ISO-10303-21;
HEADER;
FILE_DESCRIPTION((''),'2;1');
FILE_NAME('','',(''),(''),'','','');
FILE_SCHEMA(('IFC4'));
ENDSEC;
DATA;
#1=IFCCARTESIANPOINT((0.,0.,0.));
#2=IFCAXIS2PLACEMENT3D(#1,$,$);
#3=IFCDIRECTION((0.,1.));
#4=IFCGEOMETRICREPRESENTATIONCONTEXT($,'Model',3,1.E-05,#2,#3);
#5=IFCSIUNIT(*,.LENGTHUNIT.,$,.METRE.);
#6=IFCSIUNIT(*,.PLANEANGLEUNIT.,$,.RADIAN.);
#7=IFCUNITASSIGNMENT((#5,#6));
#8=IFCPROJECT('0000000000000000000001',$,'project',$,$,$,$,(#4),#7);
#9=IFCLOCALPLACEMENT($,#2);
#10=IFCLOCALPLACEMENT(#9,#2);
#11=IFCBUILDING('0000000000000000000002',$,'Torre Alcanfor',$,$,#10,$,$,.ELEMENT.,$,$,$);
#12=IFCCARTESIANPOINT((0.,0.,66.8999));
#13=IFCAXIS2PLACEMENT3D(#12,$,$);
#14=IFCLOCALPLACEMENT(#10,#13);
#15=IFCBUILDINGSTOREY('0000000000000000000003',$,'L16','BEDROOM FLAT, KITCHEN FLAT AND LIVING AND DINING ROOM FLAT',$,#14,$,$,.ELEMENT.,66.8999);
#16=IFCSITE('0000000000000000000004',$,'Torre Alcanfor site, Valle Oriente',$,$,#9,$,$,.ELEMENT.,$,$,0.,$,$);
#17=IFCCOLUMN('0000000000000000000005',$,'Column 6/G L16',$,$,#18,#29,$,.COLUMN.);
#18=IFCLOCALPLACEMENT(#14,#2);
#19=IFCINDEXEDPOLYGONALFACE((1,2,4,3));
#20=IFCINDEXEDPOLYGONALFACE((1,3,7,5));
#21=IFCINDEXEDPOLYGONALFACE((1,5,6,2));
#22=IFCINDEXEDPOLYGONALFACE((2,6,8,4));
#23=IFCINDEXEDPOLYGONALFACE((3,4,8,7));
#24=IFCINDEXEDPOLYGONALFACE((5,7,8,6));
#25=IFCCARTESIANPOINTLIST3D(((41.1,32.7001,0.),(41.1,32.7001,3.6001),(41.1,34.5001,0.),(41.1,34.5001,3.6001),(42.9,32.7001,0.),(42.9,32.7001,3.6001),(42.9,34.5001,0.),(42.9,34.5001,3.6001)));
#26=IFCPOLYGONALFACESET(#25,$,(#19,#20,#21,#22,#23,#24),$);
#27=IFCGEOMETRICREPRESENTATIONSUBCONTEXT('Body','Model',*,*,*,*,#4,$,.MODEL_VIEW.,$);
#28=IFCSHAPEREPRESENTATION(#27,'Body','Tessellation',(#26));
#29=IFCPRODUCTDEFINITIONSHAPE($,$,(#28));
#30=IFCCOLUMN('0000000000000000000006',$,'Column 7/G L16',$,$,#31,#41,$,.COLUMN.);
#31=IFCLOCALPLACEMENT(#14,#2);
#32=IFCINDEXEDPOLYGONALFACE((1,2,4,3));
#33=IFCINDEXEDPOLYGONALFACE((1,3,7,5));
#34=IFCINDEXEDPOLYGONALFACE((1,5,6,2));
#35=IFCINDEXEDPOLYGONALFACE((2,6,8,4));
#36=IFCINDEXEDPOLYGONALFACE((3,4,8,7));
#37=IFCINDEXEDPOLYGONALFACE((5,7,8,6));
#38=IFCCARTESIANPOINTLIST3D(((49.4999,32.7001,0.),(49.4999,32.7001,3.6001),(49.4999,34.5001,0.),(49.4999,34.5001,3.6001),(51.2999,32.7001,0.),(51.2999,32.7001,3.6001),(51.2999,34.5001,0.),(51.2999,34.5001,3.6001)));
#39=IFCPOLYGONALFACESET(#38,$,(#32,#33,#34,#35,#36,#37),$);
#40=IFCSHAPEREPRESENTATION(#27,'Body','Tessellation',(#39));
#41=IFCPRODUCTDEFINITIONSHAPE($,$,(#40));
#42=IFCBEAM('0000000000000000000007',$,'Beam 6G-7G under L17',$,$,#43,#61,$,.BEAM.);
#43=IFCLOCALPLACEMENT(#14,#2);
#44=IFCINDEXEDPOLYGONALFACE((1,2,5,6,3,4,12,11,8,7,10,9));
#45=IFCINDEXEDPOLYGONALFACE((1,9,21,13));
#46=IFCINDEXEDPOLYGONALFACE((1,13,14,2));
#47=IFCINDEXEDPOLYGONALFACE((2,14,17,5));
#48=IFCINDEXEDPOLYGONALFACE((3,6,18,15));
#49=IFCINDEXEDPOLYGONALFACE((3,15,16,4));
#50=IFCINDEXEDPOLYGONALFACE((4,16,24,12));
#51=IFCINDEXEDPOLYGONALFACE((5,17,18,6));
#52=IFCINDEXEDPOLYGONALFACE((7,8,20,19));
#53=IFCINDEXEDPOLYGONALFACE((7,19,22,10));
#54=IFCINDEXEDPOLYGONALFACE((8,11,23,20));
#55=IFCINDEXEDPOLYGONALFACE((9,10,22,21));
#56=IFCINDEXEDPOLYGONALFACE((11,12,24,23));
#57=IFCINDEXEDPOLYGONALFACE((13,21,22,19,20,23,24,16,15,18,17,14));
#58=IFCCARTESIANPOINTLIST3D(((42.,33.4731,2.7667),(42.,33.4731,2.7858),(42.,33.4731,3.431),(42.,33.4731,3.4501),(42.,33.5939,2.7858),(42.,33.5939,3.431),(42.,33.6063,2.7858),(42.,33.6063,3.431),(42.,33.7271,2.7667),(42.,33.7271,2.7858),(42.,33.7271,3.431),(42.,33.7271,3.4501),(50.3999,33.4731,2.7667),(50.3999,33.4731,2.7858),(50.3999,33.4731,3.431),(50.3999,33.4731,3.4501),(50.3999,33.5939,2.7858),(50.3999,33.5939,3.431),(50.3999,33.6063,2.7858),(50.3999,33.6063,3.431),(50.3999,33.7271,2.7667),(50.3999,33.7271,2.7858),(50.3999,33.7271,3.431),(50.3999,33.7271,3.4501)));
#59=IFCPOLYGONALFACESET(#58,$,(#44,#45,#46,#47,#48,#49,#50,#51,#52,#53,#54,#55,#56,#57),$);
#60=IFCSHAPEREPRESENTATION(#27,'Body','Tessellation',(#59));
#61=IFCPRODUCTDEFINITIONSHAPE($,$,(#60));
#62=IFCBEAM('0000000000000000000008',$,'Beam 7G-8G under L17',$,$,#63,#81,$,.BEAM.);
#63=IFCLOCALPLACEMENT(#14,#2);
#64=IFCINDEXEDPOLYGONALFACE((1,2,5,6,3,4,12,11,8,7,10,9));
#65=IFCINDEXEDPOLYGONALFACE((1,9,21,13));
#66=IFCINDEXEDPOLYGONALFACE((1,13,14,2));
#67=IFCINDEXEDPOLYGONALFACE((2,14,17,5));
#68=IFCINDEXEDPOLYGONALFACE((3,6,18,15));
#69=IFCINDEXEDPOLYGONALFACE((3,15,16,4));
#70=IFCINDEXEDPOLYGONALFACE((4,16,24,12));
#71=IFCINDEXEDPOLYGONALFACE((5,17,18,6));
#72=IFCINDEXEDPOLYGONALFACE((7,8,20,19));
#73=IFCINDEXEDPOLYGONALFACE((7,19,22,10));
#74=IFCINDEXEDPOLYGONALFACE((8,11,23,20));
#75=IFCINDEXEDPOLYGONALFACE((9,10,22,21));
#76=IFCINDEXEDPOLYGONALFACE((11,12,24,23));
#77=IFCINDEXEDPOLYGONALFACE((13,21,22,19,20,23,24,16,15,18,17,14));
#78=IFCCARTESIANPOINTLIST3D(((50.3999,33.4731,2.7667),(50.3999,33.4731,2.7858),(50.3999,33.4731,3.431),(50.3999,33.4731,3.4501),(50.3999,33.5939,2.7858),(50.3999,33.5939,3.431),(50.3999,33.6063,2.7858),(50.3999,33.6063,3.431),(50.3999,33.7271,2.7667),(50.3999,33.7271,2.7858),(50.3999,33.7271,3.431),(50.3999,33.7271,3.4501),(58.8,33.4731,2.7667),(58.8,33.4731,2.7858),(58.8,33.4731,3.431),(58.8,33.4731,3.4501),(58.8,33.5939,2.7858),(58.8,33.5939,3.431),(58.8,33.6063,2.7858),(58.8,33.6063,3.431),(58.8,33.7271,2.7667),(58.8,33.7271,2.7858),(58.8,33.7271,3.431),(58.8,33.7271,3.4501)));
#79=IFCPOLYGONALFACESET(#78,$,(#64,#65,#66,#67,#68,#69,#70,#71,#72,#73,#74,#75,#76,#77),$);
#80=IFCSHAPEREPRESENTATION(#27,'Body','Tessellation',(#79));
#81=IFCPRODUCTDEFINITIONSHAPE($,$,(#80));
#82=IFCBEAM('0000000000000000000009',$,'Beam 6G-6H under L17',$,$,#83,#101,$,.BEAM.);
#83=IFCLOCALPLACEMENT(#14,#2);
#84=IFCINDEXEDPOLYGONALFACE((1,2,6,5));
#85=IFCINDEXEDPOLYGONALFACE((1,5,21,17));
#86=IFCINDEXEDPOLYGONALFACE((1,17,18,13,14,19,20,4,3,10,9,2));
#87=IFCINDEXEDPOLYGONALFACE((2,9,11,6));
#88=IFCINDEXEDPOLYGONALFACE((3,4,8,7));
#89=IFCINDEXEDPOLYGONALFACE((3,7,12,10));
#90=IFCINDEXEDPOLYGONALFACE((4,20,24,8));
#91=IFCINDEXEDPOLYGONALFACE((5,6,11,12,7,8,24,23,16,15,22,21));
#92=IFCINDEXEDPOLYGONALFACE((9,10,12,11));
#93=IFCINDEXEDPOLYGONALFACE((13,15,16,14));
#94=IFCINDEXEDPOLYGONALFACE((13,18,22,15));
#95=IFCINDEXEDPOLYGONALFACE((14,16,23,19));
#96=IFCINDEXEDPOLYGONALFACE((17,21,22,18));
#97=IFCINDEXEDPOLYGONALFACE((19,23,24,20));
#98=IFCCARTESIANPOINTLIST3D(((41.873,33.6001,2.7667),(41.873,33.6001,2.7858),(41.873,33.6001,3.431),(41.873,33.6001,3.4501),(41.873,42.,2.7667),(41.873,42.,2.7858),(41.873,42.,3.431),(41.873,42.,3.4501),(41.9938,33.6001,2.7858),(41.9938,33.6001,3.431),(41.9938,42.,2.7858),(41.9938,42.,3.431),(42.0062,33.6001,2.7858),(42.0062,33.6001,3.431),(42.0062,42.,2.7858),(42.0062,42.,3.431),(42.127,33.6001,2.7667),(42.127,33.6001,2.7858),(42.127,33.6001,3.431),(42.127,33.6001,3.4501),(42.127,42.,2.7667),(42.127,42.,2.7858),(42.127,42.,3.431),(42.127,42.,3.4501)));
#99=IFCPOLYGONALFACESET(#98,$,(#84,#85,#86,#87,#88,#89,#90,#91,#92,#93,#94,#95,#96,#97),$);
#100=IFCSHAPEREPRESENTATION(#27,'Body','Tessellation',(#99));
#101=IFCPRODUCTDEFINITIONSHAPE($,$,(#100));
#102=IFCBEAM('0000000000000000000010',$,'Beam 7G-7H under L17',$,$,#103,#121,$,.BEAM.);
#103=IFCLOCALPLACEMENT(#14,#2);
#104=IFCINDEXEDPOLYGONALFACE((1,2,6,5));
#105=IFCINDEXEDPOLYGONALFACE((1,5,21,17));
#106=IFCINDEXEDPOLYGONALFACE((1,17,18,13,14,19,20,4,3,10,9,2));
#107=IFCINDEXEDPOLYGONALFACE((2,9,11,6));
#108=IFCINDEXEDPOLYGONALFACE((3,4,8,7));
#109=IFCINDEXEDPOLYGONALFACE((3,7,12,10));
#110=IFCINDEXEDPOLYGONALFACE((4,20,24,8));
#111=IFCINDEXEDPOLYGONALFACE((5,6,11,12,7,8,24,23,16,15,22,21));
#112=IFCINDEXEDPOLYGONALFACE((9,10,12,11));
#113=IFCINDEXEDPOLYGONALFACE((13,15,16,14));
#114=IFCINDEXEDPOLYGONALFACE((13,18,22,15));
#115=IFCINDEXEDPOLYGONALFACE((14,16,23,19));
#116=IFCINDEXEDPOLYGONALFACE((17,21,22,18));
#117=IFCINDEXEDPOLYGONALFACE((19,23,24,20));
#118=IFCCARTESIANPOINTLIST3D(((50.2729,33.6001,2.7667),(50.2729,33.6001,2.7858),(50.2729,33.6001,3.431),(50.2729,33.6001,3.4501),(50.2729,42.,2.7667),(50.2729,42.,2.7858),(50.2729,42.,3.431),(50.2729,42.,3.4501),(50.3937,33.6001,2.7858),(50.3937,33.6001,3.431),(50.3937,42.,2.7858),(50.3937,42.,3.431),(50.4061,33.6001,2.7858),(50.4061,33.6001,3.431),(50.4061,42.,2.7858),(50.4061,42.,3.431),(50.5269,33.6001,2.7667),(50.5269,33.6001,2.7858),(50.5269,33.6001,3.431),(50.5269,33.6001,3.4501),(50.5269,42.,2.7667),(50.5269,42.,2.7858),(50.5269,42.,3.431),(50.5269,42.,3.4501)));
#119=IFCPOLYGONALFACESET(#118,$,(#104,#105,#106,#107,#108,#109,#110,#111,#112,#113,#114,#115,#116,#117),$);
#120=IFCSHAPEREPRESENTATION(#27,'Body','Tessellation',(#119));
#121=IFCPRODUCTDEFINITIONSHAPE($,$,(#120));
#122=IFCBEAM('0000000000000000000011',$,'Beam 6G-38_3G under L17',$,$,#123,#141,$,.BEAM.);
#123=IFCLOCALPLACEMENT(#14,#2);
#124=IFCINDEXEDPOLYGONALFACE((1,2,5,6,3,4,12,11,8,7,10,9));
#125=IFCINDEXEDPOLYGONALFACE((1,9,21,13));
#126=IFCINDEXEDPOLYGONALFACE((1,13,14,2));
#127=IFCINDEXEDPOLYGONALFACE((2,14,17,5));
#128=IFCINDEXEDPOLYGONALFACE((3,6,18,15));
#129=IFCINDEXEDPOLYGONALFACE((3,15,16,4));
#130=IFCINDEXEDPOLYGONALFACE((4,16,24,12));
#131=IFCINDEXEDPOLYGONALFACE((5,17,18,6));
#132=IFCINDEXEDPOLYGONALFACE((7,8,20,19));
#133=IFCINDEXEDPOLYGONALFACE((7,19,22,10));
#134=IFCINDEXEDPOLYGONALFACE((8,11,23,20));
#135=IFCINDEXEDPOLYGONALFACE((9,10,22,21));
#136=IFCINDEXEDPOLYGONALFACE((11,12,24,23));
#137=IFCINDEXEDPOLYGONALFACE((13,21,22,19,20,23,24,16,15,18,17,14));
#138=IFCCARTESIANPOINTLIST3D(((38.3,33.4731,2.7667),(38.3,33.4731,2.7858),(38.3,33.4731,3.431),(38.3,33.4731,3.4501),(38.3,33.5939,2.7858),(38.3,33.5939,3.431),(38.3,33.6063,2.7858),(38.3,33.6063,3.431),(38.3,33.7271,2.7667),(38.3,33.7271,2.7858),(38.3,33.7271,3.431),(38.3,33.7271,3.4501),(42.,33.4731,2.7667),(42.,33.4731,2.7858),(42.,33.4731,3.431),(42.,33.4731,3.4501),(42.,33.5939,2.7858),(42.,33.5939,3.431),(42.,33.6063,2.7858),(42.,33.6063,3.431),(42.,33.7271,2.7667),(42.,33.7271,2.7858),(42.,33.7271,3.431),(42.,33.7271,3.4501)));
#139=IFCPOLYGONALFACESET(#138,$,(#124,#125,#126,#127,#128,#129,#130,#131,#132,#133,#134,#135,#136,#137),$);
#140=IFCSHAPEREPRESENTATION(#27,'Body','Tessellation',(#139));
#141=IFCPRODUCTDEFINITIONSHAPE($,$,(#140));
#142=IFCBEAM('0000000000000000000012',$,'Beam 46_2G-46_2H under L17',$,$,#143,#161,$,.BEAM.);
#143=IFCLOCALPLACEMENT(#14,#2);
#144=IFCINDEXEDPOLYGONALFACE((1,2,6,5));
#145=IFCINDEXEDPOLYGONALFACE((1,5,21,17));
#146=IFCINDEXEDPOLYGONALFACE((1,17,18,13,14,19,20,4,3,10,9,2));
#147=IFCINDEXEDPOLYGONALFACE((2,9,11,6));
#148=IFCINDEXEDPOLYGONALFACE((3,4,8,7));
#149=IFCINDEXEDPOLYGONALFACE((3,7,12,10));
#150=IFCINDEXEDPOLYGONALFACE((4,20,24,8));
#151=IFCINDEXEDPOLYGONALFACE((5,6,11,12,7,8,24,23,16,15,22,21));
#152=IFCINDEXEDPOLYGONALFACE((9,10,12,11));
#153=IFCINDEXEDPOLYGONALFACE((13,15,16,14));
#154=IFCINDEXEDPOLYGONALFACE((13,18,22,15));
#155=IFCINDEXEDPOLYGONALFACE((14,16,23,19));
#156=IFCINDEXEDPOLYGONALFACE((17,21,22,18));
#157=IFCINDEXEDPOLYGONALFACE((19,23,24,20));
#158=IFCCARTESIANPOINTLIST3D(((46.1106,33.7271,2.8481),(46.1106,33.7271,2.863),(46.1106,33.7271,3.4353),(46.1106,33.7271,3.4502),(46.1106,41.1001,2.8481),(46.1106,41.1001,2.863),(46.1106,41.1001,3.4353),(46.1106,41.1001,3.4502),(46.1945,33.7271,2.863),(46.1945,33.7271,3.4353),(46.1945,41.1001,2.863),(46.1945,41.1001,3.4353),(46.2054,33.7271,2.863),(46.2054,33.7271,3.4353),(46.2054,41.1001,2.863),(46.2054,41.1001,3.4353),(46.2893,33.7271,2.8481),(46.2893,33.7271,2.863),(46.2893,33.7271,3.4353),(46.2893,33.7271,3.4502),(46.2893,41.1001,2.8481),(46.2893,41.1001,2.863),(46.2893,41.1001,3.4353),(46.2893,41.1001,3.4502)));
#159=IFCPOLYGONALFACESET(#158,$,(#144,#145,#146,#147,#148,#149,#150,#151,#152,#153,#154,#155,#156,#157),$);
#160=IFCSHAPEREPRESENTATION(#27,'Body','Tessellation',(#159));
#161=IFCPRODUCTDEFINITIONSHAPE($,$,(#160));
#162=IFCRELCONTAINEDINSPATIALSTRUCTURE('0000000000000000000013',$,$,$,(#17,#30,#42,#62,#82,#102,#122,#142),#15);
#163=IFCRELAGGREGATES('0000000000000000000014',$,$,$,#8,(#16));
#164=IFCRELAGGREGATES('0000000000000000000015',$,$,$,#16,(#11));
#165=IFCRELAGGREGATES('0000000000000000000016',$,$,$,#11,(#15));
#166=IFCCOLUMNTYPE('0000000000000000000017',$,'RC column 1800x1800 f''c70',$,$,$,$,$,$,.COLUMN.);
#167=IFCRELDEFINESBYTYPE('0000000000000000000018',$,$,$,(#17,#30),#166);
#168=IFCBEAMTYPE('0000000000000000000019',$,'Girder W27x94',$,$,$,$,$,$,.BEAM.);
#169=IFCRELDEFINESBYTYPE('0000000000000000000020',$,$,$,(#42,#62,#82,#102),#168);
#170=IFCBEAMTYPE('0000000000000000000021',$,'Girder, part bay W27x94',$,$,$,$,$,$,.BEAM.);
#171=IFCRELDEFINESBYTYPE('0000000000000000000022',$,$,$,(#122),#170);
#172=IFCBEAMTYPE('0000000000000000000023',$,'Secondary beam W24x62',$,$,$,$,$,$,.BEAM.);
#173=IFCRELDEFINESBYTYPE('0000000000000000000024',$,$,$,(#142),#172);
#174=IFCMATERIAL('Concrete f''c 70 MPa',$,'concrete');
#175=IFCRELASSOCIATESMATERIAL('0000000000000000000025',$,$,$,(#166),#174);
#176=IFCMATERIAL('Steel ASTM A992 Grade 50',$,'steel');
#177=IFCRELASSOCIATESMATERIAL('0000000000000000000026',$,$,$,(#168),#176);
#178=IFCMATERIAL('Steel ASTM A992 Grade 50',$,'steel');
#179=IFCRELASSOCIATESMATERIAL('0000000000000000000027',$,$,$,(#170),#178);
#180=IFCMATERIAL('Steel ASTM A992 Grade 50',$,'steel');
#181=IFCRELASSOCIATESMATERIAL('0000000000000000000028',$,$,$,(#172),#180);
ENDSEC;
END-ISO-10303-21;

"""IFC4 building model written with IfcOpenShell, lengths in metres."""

from ifc_helpers import new_model, si_unit, direction, frame, origin, origin_2d, place, context, subcontext, project, spatial, rectangle, i_section, extrude, material, material_profile, profile_set, type_object, element, save


model = new_model("IFC4")

# Units and contexts
model_context = context("Model", 3, precision=1e-05, world=origin(), true_north=direction((0.0, 1.0)))
body_context = subcontext(model_context, "Body", "Model", "MODEL_VIEW")
ifc_project = project(units=[si_unit("LENGTHUNIT", "METRE"), si_unit("PLANEANGLEUNIT", "RADIAN")], contexts=[model_context])

# Site, building, storey
site_placement = place(None, origin())
site = spatial("IfcSite", under=ifc_project, at=site_placement, Name="Torre Alcanfor site, Valle Oriente", CompositionType="ELEMENT", RefElevation=0.0)
building_placement = place(site_placement, origin())
building = spatial("IfcBuilding", under=site, at=building_placement, Name="Torre Alcanfor", CompositionType="ELEMENT")
storey_placement = place(building_placement, frame((0.0, 0.0, 66.8999)))
storey = spatial("IfcBuildingStorey", under=building, at=storey_placement, Name="L16", Description="BEDROOM FLAT, KITCHEN FLAT AND LIVING AND DINING ROOM FLAT", CompositionType="ELEMENT", Elevation=66.8999)

# Columns
ifc_material_1 = material(Name="Concrete f'c 70 MPa", Category="concrete")
ifc_material_profile_1 = material_profile(ifc_material_1, rectangle(XDim=1.8, YDim=1.8, at=origin_2d()), Name="1800x1800")
ifc_profile_set_1 = profile_set([ifc_material_profile_1], Name="Concrete f'c 70 MPa")
column_type = type_object("IfcColumnType", Name="RC column 1800x1800 f'c70", PredefinedType="COLUMN", material=ifc_profile_set_1)
for number, where, z_axis, x_axis, name in (
    (1, (42.0, 33.6001, 0.0), (0.0, 0.0, 1.0), (1.0, 0.0, 0.0), "Column 6/G L16"),
    (2, (50.3999, 33.6001, 0.0), (0.0, 0.0, 1.0), (1.0, 0.0, 0.0), "Column 7/G L16"),
):
    element("IfcColumn", number, at=place(storey_placement, frame(where, z_axis=z_axis, x_axis=x_axis)), inside=storey, type_object=column_type, Name=name, PredefinedType="COLUMN", context=body_context, shape_type="SweptSolid", body=[
        extrude(rectangle(XDim=1.8, YDim=1.8, at=origin_2d()), origin(), (0.0, 0.0, 1.0), 3.6001),
    ])

# Beams
ifc_material_2 = material(Name="Steel ASTM A992 Grade 50", Category="steel")
ifc_material_profile_2 = material_profile(ifc_material_2, i_section(OverallWidth=0.2539, OverallDepth=0.6833, WebThickness=0.0125, FlangeThickness=0.019, at=origin_2d()), Name="W27x94")
ifc_profile_set_2 = profile_set([ifc_material_profile_2], Name="Steel ASTM A992 Grade 50")
beam_type_1 = type_object("IfcBeamType", Name="Girder W27x94", PredefinedType="BEAM", material=ifc_profile_set_2)
beam_1_placement = place(storey_placement, frame((42.0, 33.6001, 3.1084), z_axis=(1.0, 0.0, 0.0), x_axis=(0.0, 1.0, 0.0)))
element("IfcBeam", 3, at=beam_1_placement, inside=storey, type_object=beam_type_1, Name="Beam 6G-7G under L17", PredefinedType="BEAM", context=body_context, shape_type="SweptSolid", body=[
    extrude(i_section(OverallWidth=0.2539, OverallDepth=0.6833, WebThickness=0.0125, FlangeThickness=0.019, at=origin_2d()), origin(), (0.0, 0.0, 1.0), 8.3999),
])
beam_2_placement = place(storey_placement, frame((50.3999, 33.6001, 3.1084), z_axis=(1.0, 0.0, 0.0), x_axis=(0.0, 1.0, 0.0)))
element("IfcBeam", 4, at=beam_2_placement, inside=storey, type_object=beam_type_1, Name="Beam 7G-8G under L17", PredefinedType="BEAM", context=body_context, shape_type="SweptSolid", body=[
    extrude(i_section(OverallWidth=0.2539, OverallDepth=0.6833, WebThickness=0.0125, FlangeThickness=0.019, at=origin_2d()), origin(), (0.0, 0.0, 1.0), 8.4001),
])
for number, where, z_axis, x_axis, name in (
    (5, (42.0, 33.6001, 3.1084), (0.0, 1.0, 0.0), (-1.0, 0.0, 0.0), "Beam 6G-6H under L17"),
    (6, (50.3999, 33.6001, 3.1084), (0.0, 1.0, 0.0), (-1.0, 0.0, 0.0), "Beam 7G-7H under L17"),
):
    element("IfcBeam", number, at=place(storey_placement, frame(where, z_axis=z_axis, x_axis=x_axis)), inside=storey, type_object=beam_type_1, Name=name, PredefinedType="BEAM", context=body_context, shape_type="SweptSolid", body=[
        extrude(i_section(OverallWidth=0.2539, OverallDepth=0.6833, WebThickness=0.0125, FlangeThickness=0.019, at=origin_2d()), origin(), (0.0, 0.0, 1.0), 8.3999),
    ])
ifc_material_3 = material(Name="Steel ASTM A992 Grade 50", Category="steel")
ifc_material_profile_3 = material_profile(ifc_material_3, i_section(OverallWidth=0.2539, OverallDepth=0.6833, WebThickness=0.0125, FlangeThickness=0.019, at=origin_2d()), Name="W27x94")
ifc_profile_set_3 = profile_set([ifc_material_profile_3], Name="Steel ASTM A992 Grade 50")
beam_type_2 = type_object("IfcBeamType", Name="Girder, part bay W27x94", PredefinedType="BEAM", material=ifc_profile_set_3)
beam_3_placement = place(storey_placement, frame((42.0, 33.6001, 3.1084), z_axis=(-1.0, 0.0, 0.0), x_axis=(0.0, -1.0, 0.0)))
element("IfcBeam", 7, at=beam_3_placement, inside=storey, type_object=beam_type_2, Name="Beam 6G-38_3G under L17", PredefinedType="BEAM", context=body_context, shape_type="SweptSolid", body=[
    extrude(i_section(OverallWidth=0.2539, OverallDepth=0.6833, WebThickness=0.0125, FlangeThickness=0.019, at=origin_2d()), origin(), (0.0, 0.0, 1.0), 3.7),
])
ifc_material_4 = material(Name="Steel ASTM A992 Grade 50", Category="steel")
ifc_material_profile_4 = material_profile(ifc_material_4, i_section(OverallWidth=0.1787, OverallDepth=0.6021, WebThickness=0.011, FlangeThickness=0.0149, at=origin_2d()), Name="W24x62")
ifc_profile_set_4 = profile_set([ifc_material_profile_4], Name="Steel ASTM A992 Grade 50")
beam_type_3 = type_object("IfcBeamType", Name="Secondary beam W24x62", PredefinedType="BEAM", material=ifc_profile_set_4)
beam_4_placement = place(storey_placement, frame((46.2, 33.7271, 3.1492), z_axis=(0.0, 1.0, 0.0), x_axis=(-1.0, 0.0, 0.0)))
element("IfcBeam", 8, at=beam_4_placement, inside=storey, type_object=beam_type_3, Name="Beam 46_2G-46_2H under L17", PredefinedType="BEAM", context=body_context, shape_type="SweptSolid", body=[
    extrude(i_section(OverallWidth=0.1787, OverallDepth=0.6021, WebThickness=0.011, FlangeThickness=0.0149, at=origin_2d()), origin(), (0.0, 0.0, 1.0), 7.373),
])

save(model, "model.ifc")
